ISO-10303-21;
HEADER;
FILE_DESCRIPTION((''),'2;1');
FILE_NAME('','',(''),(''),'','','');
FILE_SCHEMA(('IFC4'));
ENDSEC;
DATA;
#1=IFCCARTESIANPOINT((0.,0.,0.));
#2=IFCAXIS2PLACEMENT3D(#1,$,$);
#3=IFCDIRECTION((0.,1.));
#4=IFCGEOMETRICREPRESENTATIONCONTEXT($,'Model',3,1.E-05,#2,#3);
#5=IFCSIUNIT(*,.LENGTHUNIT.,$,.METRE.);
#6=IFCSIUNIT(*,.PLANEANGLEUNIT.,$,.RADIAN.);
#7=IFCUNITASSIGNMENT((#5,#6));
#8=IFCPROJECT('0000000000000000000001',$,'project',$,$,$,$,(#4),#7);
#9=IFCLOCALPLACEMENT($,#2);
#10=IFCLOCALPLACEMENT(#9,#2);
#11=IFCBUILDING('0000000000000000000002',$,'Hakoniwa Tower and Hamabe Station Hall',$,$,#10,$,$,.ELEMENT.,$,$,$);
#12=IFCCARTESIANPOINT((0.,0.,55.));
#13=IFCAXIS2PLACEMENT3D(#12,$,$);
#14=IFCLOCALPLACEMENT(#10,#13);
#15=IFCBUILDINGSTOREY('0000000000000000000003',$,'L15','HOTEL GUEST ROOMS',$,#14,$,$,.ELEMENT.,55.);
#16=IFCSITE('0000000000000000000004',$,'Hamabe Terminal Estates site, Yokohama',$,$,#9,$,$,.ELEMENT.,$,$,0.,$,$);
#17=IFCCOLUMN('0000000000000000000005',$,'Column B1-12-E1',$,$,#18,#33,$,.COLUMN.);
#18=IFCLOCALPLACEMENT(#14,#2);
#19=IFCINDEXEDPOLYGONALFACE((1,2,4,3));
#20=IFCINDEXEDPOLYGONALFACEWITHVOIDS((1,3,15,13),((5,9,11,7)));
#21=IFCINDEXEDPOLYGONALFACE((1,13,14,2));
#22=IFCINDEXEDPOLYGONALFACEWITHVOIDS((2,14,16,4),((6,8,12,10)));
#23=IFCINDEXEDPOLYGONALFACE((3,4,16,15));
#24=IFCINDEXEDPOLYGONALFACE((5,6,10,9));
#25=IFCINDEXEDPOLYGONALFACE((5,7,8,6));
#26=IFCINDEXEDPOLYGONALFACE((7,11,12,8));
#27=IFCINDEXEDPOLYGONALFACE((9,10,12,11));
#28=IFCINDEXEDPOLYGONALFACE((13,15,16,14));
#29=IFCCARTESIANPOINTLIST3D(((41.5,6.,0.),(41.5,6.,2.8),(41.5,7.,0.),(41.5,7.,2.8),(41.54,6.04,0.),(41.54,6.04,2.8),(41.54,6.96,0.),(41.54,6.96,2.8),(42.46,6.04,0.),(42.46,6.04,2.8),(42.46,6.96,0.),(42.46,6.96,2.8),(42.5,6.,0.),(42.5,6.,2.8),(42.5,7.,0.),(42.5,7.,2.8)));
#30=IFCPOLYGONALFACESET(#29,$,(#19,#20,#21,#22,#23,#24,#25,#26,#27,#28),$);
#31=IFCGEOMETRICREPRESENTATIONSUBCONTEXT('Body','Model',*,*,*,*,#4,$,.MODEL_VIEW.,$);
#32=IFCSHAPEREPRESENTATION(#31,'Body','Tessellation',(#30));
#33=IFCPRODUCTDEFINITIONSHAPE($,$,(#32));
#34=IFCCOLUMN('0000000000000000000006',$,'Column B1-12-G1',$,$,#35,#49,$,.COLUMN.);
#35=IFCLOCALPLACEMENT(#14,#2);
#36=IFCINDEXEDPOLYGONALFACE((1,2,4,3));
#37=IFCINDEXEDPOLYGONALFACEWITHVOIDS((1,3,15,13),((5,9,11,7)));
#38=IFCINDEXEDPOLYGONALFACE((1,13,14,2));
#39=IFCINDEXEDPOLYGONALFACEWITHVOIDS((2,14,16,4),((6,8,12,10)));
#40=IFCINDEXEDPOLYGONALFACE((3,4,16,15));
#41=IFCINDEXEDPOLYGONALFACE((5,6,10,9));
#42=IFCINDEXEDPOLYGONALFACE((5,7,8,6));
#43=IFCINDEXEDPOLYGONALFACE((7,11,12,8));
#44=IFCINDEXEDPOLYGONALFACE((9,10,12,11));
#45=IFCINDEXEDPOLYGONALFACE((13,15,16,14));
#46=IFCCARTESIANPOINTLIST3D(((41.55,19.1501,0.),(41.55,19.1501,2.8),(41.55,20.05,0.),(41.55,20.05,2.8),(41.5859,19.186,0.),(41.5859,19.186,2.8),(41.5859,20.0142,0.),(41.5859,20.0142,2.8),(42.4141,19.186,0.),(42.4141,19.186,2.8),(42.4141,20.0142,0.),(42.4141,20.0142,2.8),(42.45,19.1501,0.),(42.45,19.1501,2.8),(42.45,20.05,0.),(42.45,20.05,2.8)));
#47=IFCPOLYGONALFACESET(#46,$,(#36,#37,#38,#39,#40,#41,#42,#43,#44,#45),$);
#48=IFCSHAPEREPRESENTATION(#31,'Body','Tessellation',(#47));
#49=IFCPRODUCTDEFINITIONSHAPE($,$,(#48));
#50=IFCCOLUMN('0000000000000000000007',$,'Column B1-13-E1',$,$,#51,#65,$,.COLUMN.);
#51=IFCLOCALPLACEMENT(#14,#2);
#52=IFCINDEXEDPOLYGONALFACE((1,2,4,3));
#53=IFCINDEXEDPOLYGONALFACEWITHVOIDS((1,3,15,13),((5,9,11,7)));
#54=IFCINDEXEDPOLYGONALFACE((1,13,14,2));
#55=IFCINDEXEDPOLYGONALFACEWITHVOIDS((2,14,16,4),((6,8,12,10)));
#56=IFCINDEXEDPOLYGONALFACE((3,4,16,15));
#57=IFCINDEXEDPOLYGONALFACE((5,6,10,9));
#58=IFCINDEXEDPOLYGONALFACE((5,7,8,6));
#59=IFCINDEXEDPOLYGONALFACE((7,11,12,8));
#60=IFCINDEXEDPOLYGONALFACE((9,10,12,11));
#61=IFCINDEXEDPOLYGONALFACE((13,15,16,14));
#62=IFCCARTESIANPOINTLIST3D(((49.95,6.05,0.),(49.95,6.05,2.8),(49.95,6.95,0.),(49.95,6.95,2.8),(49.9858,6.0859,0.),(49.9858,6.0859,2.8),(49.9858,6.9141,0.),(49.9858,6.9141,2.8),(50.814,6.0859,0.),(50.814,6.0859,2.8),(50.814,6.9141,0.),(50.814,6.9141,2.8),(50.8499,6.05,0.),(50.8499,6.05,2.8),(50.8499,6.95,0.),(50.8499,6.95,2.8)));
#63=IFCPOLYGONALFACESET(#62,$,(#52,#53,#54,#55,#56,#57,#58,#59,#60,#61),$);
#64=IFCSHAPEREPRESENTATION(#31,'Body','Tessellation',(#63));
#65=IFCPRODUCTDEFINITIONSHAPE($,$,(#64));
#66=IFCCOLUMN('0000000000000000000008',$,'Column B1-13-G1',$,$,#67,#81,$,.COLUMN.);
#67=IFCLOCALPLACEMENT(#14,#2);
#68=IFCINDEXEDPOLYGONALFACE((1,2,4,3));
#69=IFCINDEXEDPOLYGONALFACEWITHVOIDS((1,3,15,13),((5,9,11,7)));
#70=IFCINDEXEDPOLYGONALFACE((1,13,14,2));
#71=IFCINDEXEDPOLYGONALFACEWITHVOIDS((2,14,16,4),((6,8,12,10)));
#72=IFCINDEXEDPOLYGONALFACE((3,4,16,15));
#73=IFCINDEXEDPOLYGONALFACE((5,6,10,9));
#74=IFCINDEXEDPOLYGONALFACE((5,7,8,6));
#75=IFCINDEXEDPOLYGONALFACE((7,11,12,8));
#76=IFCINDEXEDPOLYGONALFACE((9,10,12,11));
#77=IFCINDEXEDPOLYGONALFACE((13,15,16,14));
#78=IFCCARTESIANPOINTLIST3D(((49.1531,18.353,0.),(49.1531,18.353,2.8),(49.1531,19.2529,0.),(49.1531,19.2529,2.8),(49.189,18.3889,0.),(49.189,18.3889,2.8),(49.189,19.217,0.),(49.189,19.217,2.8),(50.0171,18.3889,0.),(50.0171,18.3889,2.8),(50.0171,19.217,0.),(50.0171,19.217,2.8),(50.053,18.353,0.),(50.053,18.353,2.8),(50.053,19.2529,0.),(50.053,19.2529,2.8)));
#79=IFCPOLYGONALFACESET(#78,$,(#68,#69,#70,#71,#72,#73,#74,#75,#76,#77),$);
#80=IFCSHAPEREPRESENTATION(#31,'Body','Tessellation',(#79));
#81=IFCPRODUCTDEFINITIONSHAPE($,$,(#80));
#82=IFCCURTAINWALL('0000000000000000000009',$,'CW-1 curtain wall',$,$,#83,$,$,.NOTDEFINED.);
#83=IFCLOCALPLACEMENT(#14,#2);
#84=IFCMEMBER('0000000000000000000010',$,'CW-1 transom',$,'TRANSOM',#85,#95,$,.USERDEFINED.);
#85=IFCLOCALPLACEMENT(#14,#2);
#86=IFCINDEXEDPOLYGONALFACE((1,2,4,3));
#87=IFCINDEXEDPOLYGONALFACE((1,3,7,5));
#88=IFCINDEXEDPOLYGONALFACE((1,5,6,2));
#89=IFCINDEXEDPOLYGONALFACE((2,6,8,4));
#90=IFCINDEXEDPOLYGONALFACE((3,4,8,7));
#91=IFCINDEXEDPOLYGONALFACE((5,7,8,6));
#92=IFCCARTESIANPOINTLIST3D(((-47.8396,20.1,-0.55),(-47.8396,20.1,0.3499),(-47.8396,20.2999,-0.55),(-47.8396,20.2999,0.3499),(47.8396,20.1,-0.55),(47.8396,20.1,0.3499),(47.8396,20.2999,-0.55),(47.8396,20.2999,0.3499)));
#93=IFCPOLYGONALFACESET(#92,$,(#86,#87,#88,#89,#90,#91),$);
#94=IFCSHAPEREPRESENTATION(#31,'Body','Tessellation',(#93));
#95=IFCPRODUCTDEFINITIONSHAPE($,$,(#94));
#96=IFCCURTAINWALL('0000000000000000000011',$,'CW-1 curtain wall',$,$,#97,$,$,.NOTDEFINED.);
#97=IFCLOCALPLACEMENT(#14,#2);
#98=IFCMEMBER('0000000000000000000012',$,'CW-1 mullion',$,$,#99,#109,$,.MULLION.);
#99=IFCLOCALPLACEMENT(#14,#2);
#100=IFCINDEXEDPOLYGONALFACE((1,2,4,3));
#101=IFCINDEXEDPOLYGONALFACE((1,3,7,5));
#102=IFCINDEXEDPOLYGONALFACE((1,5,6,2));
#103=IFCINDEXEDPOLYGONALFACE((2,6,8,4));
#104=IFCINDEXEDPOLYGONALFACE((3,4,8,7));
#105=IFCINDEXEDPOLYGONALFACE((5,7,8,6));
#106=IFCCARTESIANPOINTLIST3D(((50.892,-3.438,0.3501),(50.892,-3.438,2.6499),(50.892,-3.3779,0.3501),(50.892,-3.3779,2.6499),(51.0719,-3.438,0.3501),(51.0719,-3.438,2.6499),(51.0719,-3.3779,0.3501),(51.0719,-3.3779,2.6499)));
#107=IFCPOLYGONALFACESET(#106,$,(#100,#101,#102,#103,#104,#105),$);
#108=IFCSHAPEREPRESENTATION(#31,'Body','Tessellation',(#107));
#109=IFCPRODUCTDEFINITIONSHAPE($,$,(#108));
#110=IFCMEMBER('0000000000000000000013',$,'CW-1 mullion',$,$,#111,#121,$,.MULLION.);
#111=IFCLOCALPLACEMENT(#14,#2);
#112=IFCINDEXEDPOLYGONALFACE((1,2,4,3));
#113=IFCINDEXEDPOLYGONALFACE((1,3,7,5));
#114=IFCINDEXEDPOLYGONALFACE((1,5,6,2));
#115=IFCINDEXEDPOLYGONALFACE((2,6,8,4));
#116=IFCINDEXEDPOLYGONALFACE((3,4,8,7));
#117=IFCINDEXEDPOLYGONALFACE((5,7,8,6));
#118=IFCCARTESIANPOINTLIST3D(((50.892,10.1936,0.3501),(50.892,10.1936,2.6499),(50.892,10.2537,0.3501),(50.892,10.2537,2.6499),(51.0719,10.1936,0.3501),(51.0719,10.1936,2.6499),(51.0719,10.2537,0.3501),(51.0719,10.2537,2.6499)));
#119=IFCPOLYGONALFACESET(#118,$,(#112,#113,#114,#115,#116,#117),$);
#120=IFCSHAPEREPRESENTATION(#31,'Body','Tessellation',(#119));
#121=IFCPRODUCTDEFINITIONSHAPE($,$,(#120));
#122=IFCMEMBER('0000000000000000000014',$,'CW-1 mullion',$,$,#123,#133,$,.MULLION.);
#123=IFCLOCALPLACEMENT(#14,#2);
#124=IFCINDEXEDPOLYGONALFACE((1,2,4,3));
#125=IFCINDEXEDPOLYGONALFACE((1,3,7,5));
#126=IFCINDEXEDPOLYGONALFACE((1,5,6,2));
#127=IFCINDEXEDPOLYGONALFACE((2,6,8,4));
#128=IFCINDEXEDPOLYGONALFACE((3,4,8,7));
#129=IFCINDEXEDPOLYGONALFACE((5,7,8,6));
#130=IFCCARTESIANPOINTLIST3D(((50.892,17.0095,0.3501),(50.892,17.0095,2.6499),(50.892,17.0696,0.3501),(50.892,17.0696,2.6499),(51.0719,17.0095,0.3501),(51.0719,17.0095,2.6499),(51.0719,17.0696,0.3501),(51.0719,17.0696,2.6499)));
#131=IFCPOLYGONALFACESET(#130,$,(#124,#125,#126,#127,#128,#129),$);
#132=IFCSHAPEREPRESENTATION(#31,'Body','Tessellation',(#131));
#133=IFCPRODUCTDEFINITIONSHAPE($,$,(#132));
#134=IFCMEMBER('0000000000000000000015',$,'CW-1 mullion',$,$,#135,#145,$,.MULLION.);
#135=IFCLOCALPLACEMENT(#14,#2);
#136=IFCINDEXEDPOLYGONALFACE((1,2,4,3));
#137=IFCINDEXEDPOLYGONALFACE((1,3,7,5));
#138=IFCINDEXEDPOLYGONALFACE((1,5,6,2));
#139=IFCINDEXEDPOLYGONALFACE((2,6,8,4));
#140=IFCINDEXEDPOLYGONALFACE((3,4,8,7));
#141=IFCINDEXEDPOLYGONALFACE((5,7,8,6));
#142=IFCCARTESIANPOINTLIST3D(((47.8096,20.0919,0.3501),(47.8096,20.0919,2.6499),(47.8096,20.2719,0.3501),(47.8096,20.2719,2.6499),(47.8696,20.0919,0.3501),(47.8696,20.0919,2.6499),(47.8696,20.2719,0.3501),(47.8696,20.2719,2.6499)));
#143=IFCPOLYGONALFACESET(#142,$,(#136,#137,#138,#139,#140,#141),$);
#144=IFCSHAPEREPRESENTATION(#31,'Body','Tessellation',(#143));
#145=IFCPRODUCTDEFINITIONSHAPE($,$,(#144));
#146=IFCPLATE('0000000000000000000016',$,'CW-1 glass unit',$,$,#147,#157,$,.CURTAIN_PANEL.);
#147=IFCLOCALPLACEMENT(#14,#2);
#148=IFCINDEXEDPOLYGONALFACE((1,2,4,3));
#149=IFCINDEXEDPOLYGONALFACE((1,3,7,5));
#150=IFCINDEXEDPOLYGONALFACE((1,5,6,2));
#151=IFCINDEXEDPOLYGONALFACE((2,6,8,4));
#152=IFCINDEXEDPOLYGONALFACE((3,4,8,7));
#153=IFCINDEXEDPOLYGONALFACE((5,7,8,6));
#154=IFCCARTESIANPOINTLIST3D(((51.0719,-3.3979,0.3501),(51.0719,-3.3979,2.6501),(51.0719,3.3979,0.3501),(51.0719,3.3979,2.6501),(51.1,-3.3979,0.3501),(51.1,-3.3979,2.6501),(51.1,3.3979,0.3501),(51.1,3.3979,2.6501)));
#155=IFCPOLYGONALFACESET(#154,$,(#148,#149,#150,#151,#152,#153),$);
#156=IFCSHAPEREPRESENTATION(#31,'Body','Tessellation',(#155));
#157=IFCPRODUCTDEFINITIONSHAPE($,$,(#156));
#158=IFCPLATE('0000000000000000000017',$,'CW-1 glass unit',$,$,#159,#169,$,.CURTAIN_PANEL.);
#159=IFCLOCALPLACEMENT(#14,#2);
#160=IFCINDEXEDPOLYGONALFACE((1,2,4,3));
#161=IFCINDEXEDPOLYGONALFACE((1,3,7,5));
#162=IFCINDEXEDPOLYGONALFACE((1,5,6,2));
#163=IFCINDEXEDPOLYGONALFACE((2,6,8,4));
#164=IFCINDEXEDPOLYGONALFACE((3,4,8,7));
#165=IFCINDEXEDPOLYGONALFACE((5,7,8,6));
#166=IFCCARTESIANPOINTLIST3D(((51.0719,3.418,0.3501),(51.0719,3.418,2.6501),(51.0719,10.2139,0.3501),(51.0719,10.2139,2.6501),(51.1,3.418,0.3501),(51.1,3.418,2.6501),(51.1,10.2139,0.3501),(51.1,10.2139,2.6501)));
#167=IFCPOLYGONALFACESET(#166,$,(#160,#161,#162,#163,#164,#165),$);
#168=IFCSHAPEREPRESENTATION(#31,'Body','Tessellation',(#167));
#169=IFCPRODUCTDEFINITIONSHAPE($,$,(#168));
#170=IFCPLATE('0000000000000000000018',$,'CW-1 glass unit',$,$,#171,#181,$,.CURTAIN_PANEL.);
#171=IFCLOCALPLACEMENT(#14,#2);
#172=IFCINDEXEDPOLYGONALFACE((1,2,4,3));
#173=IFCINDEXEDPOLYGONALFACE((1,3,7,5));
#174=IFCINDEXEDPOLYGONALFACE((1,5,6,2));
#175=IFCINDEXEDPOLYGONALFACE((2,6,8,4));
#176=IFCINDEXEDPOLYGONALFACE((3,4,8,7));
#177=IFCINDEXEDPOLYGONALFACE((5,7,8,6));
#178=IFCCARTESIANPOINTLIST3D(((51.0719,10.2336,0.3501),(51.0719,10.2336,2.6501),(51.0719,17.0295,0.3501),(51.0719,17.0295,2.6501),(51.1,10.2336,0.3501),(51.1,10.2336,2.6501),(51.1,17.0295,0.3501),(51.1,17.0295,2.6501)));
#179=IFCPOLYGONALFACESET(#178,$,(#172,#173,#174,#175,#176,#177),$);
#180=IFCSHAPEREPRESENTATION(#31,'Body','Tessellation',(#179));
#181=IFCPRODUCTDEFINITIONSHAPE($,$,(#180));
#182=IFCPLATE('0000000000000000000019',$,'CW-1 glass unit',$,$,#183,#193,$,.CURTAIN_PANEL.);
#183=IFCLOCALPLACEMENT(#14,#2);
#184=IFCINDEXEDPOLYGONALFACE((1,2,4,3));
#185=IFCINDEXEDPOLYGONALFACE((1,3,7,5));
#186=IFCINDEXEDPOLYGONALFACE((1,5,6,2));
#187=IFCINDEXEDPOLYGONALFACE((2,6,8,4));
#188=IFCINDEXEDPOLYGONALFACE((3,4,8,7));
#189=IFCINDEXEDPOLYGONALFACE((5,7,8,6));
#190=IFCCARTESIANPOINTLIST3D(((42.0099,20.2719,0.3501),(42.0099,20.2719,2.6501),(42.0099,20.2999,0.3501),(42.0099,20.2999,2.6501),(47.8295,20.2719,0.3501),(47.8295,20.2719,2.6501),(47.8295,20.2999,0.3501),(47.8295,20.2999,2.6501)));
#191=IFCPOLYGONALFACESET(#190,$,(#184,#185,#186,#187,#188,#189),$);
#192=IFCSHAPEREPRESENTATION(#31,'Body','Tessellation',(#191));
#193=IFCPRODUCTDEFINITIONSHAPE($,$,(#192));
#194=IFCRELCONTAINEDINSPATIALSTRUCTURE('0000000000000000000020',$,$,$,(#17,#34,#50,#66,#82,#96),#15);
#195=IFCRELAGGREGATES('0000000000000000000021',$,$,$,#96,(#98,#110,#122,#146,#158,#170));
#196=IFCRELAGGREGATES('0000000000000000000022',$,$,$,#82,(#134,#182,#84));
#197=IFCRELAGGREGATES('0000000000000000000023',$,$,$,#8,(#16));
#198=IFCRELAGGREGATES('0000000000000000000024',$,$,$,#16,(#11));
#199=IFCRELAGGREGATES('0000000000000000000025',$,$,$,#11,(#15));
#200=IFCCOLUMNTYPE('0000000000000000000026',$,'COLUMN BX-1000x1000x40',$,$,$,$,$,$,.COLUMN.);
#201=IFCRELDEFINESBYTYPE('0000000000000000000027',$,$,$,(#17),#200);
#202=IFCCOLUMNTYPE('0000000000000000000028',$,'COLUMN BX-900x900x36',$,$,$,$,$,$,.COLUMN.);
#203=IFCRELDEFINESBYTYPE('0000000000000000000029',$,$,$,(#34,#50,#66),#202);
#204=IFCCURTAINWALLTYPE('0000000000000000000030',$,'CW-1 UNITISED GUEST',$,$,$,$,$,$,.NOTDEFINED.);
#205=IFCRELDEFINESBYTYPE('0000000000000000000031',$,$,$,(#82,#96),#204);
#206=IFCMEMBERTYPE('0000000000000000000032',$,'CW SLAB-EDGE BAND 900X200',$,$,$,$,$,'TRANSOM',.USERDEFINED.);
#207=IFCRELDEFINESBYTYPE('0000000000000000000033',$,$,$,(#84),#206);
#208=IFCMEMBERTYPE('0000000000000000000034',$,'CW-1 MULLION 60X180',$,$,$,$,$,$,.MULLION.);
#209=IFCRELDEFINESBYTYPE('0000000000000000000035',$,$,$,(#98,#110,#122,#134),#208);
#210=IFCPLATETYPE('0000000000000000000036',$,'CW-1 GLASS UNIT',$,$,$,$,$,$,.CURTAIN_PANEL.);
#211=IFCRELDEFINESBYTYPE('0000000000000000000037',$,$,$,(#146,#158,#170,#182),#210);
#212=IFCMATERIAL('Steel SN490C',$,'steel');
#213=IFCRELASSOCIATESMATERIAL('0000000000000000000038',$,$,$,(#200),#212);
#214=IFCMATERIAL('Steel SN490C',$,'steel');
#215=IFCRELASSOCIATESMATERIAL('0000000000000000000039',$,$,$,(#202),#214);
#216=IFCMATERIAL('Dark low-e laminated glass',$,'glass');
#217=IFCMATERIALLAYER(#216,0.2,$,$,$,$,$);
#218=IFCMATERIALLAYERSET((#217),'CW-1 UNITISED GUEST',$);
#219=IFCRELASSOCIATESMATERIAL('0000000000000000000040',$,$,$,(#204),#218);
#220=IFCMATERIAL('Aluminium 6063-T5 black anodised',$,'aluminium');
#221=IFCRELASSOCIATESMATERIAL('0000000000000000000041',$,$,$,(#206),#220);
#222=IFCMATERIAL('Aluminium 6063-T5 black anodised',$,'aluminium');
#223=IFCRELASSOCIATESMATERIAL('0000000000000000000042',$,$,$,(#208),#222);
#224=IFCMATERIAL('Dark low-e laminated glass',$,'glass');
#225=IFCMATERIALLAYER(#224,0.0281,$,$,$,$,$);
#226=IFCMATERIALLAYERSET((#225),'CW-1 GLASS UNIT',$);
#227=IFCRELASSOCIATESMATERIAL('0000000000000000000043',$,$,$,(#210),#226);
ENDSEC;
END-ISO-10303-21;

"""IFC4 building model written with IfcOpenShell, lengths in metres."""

from ifc_helpers import new_model, si_unit, direction, frame, origin, origin_2d, place, context, subcontext, project, spatial, rectangle, hollow_rectangle, extrude, material, layer, layer_set, material_profile, profile_set, type_object, element, aggregate, save


model = new_model("IFC4")

# Units and contexts
model_context = context("Model", 3, precision=1e-05, world=origin(), true_north=direction((0.0, 1.0)))
body_context = subcontext(model_context, "Body", "Model", "MODEL_VIEW")
ifc_project = project(units=[si_unit("LENGTHUNIT", "METRE"), si_unit("PLANEANGLEUNIT", "RADIAN")], contexts=[model_context])

# Site, building, storey
site_placement = place(None, origin())
site = spatial("IfcSite", under=ifc_project, at=site_placement, Name="Hamabe Terminal Estates site, Yokohama", CompositionType="ELEMENT", RefElevation=0.0)
building_placement = place(site_placement, origin())
building = spatial("IfcBuilding", under=site, at=building_placement, Name="Hakoniwa Tower and Hamabe Station Hall", CompositionType="ELEMENT")
storey_placement = place(building_placement, frame((0.0, 0.0, 55.0)))
storey = spatial("IfcBuildingStorey", under=building, at=storey_placement, Name="L15", Description="HOTEL GUEST ROOMS", CompositionType="ELEMENT", Elevation=55.0)

# Columns
ifc_material_1 = material(Name="Steel SN490C", Category="steel")
ifc_material_profile_1 = material_profile(ifc_material_1, hollow_rectangle(XDim=1.0, YDim=1.0, WallThickness=0.04, at=origin_2d()), Name="BX-1000x1000x40")
ifc_profile_set_1 = profile_set([ifc_material_profile_1], Name="Steel SN490C")
column_type_1 = type_object("IfcColumnType", Name="COLUMN BX-1000x1000x40", PredefinedType="COLUMN", material=ifc_profile_set_1)
column_placement = place(storey_placement, frame((42.0, 6.5, 0.0), z_axis=(0.0, 0.0, 1.0), x_axis=(1.0, 0.0, 0.0)))
element("IfcColumn", 1, at=column_placement, inside=storey, type_object=column_type_1, Name="Column B1-12-E1", PredefinedType="COLUMN", context=body_context, shape_type="SweptSolid", body=[
    extrude(hollow_rectangle(XDim=1.0, YDim=1.0, WallThickness=0.04, at=origin_2d()), origin(), (0.0, 0.0, 1.0), 2.8),
])
ifc_material_2 = material(Name="Steel SN490C", Category="steel")
ifc_material_profile_2 = material_profile(ifc_material_2, hollow_rectangle(XDim=0.8999, YDim=0.8999, WallThickness=0.0359, at=origin_2d()), Name="BX-900x900x36")
ifc_profile_set_2 = profile_set([ifc_material_profile_2], Name="Steel SN490C")
column_type_2 = type_object("IfcColumnType", Name="COLUMN BX-900x900x36", PredefinedType="COLUMN", material=ifc_profile_set_2)
for number, where, z_axis, x_axis, name in (
    (2, (42.0, 19.6001, 0.0), (0.0, 0.0, 1.0), (1.0, 0.0, 0.0), "Column B1-12-G1"),
    (3, (50.3999, 6.5, 0.0), (0.0, 0.0, 1.0), (1.0, 0.0, 0.0), "Column B1-13-E1"),
    (4, (49.603, 18.803, 0.0), (0.0, 0.0, 1.0), (1.0, 0.0, 0.0), "Column B1-13-G1"),
):
    element("IfcColumn", number, at=place(storey_placement, frame(where, z_axis=z_axis, x_axis=x_axis)), inside=storey, type_object=column_type_2, Name=name, PredefinedType="COLUMN", context=body_context, shape_type="SweptSolid", body=[
        extrude(hollow_rectangle(XDim=0.8999, YDim=0.8999, WallThickness=0.0359, at=origin_2d()), origin(), (0.0, 0.0, 1.0), 2.8),
    ])

# Curtain wall, member
ifc_material_3 = material(Name="Dark low-e laminated glass", Category="glass")
ifc_layer_1 = layer(ifc_material_3, 0.2)
ifc_layer_set_1 = layer_set([ifc_layer_1], Name="CW-1 UNITISED GUEST")
curtain_wall_type = type_object("IfcCurtainWallType", Name="CW-1 UNITISED GUEST", PredefinedType="NOTDEFINED", material=ifc_layer_set_1)
curtain_wall_1_placement = place(storey_placement, origin())
curtain_wall_1 = element("IfcCurtainWall", 5, at=curtain_wall_1_placement, inside=storey, type_object=curtain_wall_type, Name="CW-1 curtain wall", PredefinedType="NOTDEFINED")
ifc_material_4 = material(Name="Aluminium 6063-T5 black anodised", Category="aluminium")
ifc_material_profile_3 = material_profile(ifc_material_4, rectangle(XDim=0.2, YDim=0.8999, at=origin_2d()), Name="CW SLAB-EDGE BAND 900X200")
ifc_profile_set_3 = profile_set([ifc_material_profile_3], Name="Aluminium 6063-T5 black anodised")
member_type_1 = type_object("IfcMemberType", Name="CW SLAB-EDGE BAND 900X200", ElementType="TRANSOM", PredefinedType="USERDEFINED", material=ifc_profile_set_3)
member_1_placement = place(storey_placement, frame((47.8396, 20.2, -0.1001), z_axis=(-1.0, 0.0, 0.0), x_axis=(0.0, -1.0, 0.0)))
member_1 = element("IfcMember", 6, at=member_1_placement, type_object=member_type_1, Name="CW-1 transom", ObjectType="TRANSOM", PredefinedType="USERDEFINED", context=body_context, shape_type="SweptSolid", body=[
    extrude(rectangle(XDim=0.2, YDim=0.8999, at=origin_2d()), origin(), (0.0, 0.0, 1.0), 95.6792),
])

# Curtain wall, members
curtain_wall_2_placement = place(storey_placement, origin())
curtain_wall_2 = element("IfcCurtainWall", 7, at=curtain_wall_2_placement, inside=storey, type_object=curtain_wall_type, Name="CW-1 curtain wall", PredefinedType="NOTDEFINED")
ifc_material_5 = material(Name="Aluminium 6063-T5 black anodised", Category="aluminium")
ifc_material_profile_4 = material_profile(ifc_material_5, rectangle(XDim=0.0601, YDim=0.1799, at=origin_2d()), Name="CW-1 MULLION 60X180")
ifc_profile_set_4 = profile_set([ifc_material_profile_4], Name="Aluminium 6063-T5 black anodised")
member_type_2 = type_object("IfcMemberType", Name="CW-1 MULLION 60X180", PredefinedType="MULLION", material=ifc_profile_set_4)
member_2_placement = place(storey_placement, frame((50.9819, -3.408, 0.3501), z_axis=(0.0, 0.0, 1.0), x_axis=(0.0, 1.0, 0.0)))
member_2 = element("IfcMember", 8, at=member_2_placement, type_object=member_type_2, Name="CW-1 mullion", PredefinedType="MULLION", context=body_context, shape_type="SweptSolid", body=[
    extrude(rectangle(XDim=0.0601, YDim=0.1799, at=origin_2d()), origin(), (0.0, 0.0, 1.0), 2.2998),
])
member_3_placement = place(storey_placement, frame((50.9819, 10.2236, 0.3501), z_axis=(0.0, 0.0, 1.0), x_axis=(0.0, 1.0, 0.0)))
member_3 = element("IfcMember", 9, at=member_3_placement, type_object=member_type_2, Name="CW-1 mullion", PredefinedType="MULLION", context=body_context, shape_type="SweptSolid", body=[
    extrude(rectangle(XDim=0.0601, YDim=0.1799, at=origin_2d()), origin(), (0.0, 0.0, 1.0), 2.2998),
])
member_4_placement = place(storey_placement, frame((50.9819, 17.0396, 0.3501), z_axis=(0.0, 0.0, 1.0), x_axis=(0.0, 1.0, 0.0)))
member_4 = element("IfcMember", 10, at=member_4_placement, type_object=member_type_2, Name="CW-1 mullion", PredefinedType="MULLION", context=body_context, shape_type="SweptSolid", body=[
    extrude(rectangle(XDim=0.0601, YDim=0.1799, at=origin_2d()), origin(), (0.0, 0.0, 1.0), 2.2998),
])

# Member
member_5_placement = place(storey_placement, frame((47.8396, 20.1819, 0.3501), z_axis=(0.0, 0.0, 1.0), x_axis=(-1.0, 0.0, 0.0)))
member_5 = element("IfcMember", 11, at=member_5_placement, type_object=member_type_2, Name="CW-1 mullion", PredefinedType="MULLION", context=body_context, shape_type="SweptSolid", body=[
    extrude(rectangle(XDim=0.0601, YDim=0.1799, at=origin_2d()), origin(), (0.0, 0.0, 1.0), 2.2998),
])

# Plates
ifc_material_6 = material(Name="Dark low-e laminated glass", Category="glass")
ifc_layer_2 = layer(ifc_material_6, 0.0281)
ifc_layer_set_2 = layer_set([ifc_layer_2], Name="CW-1 GLASS UNIT")
plate_type = type_object("IfcPlateType", Name="CW-1 GLASS UNIT", PredefinedType="CURTAIN_PANEL", material=ifc_layer_set_2)
plate_1_placement = place(storey_placement, frame((51.0859, 0.0, 0.3501), z_axis=(0.0, 0.0, 1.0), x_axis=(0.0, 1.0, 0.0)))
plate_1 = element("IfcPlate", 12, at=plate_1_placement, type_object=plate_type, Name="CW-1 glass unit", PredefinedType="CURTAIN_PANEL", context=body_context, shape_type="SweptSolid", body=[
    extrude(rectangle(XDim=6.7959, YDim=0.0281, at=origin_2d()), origin(), (0.0, 0.0, 1.0), 2.3),
])
plate_2_placement = place(storey_placement, frame((51.0859, 6.8159, 0.3501), z_axis=(0.0, 0.0, 1.0), x_axis=(0.0, 1.0, 0.0)))
plate_2 = element("IfcPlate", 13, at=plate_2_placement, type_object=plate_type, Name="CW-1 glass unit", PredefinedType="CURTAIN_PANEL", context=body_context, shape_type="SweptSolid", body=[
    extrude(rectangle(XDim=6.7959, YDim=0.0281, at=origin_2d()), origin(), (0.0, 0.0, 1.0), 2.3),
])
plate_3_placement = place(storey_placement, frame((51.0859, 13.6316, 0.3501), z_axis=(0.0, 0.0, 1.0), x_axis=(0.0, 1.0, 0.0)))
plate_3 = element("IfcPlate", 14, at=plate_3_placement, type_object=plate_type, Name="CW-1 glass unit", PredefinedType="CURTAIN_PANEL", context=body_context, shape_type="SweptSolid", body=[
    extrude(rectangle(XDim=6.7959, YDim=0.0281, at=origin_2d()), origin(), (0.0, 0.0, 1.0), 2.3),
])
aggregate(curtain_wall_2, [member_2, member_3, member_4, plate_1, plate_2, plate_3])
plate_4_placement = place(storey_placement, frame((44.9197, 20.2859, 0.3501), z_axis=(0.0, 0.0, 1.0), x_axis=(-1.0, 0.0, 0.0)))
plate_4 = element("IfcPlate", 15, at=plate_4_placement, type_object=plate_type, Name="CW-1 glass unit", PredefinedType="CURTAIN_PANEL", context=body_context, shape_type="SweptSolid", body=[
    extrude(rectangle(XDim=5.8196, YDim=0.0281, at=origin_2d()), origin(), (0.0, 0.0, 1.0), 2.3),
])
aggregate(curtain_wall_1, [member_5, plate_4, member_1])

save(model, "model.ifc")
